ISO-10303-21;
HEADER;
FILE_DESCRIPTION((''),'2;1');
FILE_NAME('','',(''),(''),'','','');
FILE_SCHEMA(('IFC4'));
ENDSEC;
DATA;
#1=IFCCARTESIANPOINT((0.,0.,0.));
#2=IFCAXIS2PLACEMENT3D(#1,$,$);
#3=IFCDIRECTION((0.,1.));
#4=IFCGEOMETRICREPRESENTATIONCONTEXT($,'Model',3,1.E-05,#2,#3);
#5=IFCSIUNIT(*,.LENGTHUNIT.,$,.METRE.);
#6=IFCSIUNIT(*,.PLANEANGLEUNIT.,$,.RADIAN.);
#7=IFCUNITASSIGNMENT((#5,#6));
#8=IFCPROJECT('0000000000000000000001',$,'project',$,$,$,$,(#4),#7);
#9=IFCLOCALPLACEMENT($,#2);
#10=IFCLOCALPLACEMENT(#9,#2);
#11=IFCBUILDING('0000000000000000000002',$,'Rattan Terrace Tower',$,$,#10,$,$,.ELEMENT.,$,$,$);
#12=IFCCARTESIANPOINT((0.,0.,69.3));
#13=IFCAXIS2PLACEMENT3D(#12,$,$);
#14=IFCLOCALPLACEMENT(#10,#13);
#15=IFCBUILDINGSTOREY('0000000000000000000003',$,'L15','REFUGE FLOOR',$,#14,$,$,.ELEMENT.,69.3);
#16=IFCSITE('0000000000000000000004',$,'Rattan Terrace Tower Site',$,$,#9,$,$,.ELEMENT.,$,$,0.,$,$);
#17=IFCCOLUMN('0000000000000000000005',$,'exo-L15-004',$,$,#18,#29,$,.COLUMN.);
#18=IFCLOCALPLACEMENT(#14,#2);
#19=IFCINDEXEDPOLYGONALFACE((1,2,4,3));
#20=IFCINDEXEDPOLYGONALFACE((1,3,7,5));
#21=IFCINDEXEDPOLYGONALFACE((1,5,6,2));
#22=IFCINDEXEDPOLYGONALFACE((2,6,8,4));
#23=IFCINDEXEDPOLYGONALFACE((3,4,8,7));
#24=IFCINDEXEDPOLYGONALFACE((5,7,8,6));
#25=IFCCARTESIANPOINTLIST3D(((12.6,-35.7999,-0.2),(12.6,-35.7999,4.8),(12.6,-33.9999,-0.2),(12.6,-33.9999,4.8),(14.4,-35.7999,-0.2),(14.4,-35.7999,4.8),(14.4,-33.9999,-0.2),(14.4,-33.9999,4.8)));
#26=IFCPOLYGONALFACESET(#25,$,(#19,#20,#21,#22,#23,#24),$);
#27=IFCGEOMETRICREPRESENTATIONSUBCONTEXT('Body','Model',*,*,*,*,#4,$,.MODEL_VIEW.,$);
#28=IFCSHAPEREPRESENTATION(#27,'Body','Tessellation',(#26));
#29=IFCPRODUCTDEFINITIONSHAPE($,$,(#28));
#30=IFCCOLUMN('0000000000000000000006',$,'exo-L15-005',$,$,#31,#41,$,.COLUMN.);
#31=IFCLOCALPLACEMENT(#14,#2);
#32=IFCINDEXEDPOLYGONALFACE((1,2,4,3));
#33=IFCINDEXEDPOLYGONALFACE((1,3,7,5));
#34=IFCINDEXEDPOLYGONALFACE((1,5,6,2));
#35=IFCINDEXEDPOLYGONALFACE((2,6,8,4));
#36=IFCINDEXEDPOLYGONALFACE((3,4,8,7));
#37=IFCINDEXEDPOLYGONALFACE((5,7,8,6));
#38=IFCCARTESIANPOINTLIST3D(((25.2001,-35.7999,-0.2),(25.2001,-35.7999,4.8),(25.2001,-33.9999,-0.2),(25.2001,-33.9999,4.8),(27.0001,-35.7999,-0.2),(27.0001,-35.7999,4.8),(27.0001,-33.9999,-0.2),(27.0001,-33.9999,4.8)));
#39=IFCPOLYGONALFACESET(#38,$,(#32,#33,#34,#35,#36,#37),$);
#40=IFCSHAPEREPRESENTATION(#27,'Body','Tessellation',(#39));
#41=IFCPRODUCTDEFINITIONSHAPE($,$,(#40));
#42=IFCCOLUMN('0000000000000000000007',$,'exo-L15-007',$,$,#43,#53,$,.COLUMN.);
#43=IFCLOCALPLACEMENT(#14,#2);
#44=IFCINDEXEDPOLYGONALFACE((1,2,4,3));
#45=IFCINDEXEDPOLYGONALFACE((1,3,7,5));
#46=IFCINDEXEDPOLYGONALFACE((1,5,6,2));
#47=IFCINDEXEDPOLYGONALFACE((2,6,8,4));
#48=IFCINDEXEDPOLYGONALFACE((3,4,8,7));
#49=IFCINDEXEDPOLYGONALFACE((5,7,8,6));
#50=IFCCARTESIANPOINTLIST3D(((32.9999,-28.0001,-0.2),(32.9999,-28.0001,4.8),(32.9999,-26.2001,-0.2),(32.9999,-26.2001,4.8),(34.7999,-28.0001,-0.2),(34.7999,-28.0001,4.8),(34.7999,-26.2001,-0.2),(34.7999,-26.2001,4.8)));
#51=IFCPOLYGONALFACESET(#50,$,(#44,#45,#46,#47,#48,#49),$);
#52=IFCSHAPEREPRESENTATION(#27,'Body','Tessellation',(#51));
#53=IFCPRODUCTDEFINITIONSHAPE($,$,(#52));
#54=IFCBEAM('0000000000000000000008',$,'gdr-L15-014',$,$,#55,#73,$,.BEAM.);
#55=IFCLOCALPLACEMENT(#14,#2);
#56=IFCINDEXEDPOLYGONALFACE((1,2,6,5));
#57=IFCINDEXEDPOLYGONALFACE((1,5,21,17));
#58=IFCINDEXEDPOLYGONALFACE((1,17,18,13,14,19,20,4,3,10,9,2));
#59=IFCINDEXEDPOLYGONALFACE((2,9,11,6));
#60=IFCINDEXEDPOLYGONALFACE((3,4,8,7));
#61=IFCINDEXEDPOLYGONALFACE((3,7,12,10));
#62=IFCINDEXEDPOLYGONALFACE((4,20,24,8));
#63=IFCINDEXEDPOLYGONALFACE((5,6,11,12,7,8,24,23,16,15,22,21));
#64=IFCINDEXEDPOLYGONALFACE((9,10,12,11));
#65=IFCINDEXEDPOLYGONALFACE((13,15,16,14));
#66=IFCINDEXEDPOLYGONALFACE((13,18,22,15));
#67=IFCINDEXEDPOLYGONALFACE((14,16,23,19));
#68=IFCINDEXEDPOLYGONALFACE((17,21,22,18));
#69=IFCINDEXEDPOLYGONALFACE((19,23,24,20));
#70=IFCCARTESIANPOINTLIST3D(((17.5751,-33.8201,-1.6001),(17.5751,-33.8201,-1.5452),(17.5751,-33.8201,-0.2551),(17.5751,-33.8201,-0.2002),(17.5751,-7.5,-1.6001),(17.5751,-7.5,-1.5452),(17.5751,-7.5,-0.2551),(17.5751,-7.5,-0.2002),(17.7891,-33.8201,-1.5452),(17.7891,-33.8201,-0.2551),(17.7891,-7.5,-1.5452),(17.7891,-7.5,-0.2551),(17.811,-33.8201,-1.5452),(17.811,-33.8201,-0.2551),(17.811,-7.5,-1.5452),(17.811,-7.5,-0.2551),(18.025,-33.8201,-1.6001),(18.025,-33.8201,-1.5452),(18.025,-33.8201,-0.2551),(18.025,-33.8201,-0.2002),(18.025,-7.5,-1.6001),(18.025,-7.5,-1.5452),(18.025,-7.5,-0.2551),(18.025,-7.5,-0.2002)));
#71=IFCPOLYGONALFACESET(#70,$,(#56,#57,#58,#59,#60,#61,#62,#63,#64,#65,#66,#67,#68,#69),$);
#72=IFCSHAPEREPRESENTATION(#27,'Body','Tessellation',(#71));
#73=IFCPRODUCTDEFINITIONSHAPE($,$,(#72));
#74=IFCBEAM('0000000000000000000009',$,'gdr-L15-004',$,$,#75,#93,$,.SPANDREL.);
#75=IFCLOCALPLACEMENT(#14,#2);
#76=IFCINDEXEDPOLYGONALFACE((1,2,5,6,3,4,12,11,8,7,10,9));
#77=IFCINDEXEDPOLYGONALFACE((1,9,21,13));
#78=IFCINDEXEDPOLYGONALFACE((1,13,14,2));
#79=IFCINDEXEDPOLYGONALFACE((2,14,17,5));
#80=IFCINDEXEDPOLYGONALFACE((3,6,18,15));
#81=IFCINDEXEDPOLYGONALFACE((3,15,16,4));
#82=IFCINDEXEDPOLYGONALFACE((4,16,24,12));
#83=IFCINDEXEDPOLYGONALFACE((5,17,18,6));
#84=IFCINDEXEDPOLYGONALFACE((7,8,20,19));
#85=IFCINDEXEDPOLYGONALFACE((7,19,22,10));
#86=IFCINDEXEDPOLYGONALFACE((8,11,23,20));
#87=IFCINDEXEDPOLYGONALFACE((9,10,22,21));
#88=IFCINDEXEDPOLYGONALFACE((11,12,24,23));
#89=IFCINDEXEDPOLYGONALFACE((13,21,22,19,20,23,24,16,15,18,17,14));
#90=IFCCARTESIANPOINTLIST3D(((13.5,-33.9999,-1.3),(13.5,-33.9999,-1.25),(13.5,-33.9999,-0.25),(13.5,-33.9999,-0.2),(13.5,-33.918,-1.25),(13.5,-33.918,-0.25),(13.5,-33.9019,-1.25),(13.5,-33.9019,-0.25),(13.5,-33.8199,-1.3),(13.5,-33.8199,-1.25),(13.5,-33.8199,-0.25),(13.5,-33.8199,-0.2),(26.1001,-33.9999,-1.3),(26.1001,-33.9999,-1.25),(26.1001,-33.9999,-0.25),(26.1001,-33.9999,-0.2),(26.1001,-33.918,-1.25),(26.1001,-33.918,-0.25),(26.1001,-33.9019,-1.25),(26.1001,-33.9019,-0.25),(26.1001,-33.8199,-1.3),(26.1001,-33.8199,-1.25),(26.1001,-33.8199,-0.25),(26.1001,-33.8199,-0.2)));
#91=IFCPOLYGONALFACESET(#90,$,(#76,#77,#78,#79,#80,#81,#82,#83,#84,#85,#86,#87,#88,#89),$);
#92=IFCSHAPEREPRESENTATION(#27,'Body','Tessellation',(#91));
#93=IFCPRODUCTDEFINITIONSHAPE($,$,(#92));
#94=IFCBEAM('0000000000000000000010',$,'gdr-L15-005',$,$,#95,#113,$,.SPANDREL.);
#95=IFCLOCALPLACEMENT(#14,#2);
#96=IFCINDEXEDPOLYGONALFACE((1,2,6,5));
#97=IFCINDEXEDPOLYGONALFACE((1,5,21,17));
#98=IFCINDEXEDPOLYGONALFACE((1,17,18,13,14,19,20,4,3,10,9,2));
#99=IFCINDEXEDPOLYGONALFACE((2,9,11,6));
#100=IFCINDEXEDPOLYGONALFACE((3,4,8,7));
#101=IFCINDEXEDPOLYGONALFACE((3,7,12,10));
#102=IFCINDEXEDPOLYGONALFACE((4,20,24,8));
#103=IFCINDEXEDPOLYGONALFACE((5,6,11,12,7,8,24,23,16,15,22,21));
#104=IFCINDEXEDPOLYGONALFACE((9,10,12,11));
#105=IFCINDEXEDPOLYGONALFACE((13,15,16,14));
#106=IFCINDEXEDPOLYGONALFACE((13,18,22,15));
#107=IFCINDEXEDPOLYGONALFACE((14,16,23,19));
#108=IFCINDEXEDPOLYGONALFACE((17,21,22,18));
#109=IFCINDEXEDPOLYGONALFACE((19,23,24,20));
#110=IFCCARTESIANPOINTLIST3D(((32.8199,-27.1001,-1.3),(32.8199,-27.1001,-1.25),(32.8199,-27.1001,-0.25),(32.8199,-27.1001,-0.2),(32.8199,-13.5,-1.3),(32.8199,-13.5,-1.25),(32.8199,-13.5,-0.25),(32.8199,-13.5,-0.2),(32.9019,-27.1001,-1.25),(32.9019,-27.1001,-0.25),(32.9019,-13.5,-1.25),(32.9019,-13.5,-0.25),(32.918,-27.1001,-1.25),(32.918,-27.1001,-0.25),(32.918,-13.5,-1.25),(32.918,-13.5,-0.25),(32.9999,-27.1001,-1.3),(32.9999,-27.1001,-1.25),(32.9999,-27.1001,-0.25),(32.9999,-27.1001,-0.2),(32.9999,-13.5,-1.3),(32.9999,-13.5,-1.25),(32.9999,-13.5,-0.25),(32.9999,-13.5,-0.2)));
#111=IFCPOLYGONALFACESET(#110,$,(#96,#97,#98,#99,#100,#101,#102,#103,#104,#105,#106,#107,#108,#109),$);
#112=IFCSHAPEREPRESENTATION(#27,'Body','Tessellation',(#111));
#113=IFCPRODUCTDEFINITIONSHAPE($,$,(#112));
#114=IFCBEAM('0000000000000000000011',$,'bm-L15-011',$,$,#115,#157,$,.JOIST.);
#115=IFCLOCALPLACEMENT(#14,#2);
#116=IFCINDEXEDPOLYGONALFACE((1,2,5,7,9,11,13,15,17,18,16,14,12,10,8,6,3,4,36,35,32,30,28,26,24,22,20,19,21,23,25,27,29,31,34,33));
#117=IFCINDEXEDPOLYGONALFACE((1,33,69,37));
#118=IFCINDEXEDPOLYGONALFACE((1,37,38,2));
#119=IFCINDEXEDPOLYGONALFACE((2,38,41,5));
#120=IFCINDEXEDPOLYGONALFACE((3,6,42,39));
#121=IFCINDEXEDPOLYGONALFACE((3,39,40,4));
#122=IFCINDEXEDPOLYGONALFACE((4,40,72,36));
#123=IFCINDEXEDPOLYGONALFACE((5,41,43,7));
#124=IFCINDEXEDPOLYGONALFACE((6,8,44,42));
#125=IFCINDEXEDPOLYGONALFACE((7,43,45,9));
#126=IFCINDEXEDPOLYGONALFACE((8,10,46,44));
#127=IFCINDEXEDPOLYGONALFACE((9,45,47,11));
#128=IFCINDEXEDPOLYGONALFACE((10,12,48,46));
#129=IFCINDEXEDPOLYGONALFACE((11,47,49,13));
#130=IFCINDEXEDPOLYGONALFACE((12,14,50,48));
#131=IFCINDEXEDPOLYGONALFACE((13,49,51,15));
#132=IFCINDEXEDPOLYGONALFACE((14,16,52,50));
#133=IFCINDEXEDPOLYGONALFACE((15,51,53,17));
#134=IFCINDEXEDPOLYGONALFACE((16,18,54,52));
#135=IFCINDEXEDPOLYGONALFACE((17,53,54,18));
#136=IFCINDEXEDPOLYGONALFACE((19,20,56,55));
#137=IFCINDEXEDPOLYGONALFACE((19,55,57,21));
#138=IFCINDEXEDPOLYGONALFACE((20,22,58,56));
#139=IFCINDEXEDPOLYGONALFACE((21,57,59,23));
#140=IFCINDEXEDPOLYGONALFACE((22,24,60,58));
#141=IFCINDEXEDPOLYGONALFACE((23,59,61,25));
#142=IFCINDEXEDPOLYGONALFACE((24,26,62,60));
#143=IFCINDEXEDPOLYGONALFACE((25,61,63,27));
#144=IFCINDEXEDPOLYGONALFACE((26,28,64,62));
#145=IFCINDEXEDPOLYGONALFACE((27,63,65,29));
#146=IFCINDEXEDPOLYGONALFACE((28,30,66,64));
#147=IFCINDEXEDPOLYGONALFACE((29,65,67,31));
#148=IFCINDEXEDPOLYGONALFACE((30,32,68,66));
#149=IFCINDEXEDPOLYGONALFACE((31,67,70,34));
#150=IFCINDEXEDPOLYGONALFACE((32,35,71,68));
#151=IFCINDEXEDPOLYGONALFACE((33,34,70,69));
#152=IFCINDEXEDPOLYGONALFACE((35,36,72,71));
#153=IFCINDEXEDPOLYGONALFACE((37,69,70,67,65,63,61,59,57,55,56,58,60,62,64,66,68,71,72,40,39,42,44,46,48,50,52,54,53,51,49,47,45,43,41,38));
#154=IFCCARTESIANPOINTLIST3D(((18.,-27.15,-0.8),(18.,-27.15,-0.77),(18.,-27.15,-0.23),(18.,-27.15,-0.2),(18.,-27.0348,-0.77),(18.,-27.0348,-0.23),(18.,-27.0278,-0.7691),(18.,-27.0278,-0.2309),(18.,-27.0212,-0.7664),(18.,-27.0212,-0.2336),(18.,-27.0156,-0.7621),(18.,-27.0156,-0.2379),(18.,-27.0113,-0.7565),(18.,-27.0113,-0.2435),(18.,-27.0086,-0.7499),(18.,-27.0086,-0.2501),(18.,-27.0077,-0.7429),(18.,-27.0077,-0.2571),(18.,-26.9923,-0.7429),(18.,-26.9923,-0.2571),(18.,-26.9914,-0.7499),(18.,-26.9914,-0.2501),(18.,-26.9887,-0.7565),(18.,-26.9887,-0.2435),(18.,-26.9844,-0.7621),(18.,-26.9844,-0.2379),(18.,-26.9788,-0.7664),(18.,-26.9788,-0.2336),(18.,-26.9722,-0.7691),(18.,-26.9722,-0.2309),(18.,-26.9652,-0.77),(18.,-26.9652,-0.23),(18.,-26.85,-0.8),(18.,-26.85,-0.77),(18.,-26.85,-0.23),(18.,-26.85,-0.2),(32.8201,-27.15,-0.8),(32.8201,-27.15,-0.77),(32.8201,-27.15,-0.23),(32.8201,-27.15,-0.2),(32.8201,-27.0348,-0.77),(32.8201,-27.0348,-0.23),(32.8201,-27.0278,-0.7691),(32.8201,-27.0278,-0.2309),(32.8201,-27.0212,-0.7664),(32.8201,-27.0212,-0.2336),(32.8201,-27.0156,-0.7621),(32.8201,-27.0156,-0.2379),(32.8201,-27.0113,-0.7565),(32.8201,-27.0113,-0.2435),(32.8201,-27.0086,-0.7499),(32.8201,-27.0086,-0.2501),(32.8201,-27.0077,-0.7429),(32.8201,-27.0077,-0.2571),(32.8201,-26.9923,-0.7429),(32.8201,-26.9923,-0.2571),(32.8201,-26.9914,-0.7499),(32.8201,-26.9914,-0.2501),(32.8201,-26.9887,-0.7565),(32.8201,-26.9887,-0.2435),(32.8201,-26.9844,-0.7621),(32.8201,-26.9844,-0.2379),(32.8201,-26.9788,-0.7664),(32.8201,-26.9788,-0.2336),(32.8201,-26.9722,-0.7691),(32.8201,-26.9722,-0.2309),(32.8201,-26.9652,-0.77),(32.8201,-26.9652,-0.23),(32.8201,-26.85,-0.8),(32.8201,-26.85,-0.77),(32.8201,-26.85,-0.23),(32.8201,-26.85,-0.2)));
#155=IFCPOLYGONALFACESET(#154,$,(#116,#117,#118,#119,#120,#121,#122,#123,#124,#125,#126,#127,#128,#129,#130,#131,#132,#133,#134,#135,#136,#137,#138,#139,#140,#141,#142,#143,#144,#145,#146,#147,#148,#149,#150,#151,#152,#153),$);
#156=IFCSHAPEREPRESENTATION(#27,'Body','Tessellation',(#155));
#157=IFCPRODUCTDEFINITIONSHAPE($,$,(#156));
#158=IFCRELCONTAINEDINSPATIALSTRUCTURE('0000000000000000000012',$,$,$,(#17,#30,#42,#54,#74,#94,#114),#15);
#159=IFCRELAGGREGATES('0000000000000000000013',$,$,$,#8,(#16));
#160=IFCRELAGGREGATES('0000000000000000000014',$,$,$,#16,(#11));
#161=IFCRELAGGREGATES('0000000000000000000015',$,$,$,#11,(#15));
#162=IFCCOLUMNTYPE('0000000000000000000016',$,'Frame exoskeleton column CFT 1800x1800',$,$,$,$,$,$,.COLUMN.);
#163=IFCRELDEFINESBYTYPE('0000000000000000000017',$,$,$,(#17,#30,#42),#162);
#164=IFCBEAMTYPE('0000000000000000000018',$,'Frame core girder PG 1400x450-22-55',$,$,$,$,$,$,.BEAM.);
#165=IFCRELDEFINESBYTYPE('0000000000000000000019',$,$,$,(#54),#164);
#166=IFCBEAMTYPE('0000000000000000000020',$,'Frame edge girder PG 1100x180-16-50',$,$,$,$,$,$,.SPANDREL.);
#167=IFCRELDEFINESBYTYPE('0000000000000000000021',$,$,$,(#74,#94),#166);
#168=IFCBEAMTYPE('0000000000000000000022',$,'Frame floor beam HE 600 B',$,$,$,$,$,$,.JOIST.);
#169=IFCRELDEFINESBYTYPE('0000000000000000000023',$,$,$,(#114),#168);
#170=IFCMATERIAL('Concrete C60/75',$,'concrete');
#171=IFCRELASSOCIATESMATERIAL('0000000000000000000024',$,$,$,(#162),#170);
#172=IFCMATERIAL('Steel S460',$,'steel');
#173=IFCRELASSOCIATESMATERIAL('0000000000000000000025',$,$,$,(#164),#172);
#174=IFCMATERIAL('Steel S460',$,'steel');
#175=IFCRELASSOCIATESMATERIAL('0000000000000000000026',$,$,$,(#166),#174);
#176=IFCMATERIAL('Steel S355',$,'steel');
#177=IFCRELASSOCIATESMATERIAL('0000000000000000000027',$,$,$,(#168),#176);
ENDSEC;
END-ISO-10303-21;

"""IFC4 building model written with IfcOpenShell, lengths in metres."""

from ifc_helpers import new_model, si_unit, direction, frame, origin, origin_2d, place, context, subcontext, project, spatial, rectangle, i_section, extrude, material, material_profile, profile_set, type_object, element, save


model = new_model("IFC4")

# Units and contexts
model_context = context("Model", 3, precision=1e-05, world=origin(), true_north=direction((0.0, 1.0)))
body_context = subcontext(model_context, "Body", "Model", "MODEL_VIEW")
ifc_project = project(units=[si_unit("LENGTHUNIT", "METRE"), si_unit("PLANEANGLEUNIT", "RADIAN")], contexts=[model_context])

# Site, building, storey
site_placement = place(None, origin())
site = spatial("IfcSite", under=ifc_project, at=site_placement, Name="Rattan Terrace Tower Site", CompositionType="ELEMENT", RefElevation=0.0)
building_placement = place(site_placement, origin())
building = spatial("IfcBuilding", under=site, at=building_placement, Name="Rattan Terrace Tower", CompositionType="ELEMENT")
storey_placement = place(building_placement, frame((0.0, 0.0, 69.3)))
storey = spatial("IfcBuildingStorey", under=building, at=storey_placement, Name="L15", Description="REFUGE FLOOR", CompositionType="ELEMENT", Elevation=69.3)

# Columns
ifc_material_1 = material(Name="Concrete C60/75", Category="concrete")
ifc_material_profile_1 = material_profile(ifc_material_1, rectangle(XDim=1.8, YDim=1.8, at=origin_2d()), Name="CFT 1800x1800")
ifc_profile_set_1 = profile_set([ifc_material_profile_1], Name="Concrete C60/75")
column_type = type_object("IfcColumnType", Name="Frame exoskeleton column CFT 1800x1800", PredefinedType="COLUMN", material=ifc_profile_set_1)
for number, where, z_axis, x_axis, name in (
    (1, (13.5, -34.8999, -0.2), (0.0, 0.0, 1.0), (1.0, 0.0, 0.0), "exo-L15-004"),
    (2, (26.1001, -34.8999, -0.2), (0.0, 0.0, 1.0), (1.0, 0.0, 0.0), "exo-L15-005"),
    (3, (33.8999, -27.1001, -0.2), (0.0, 0.0, 1.0), (0.0, 1.0, 0.0), "exo-L15-007"),
):
    element("IfcColumn", number, at=place(storey_placement, frame(where, z_axis=z_axis, x_axis=x_axis)), inside=storey, type_object=column_type, Name=name, PredefinedType="COLUMN", context=body_context, shape_type="SweptSolid", body=[
        extrude(rectangle(XDim=1.8, YDim=1.8, at=origin_2d()), origin(), (0.0, 0.0, 1.0), 5.0),
    ])

# Beams
ifc_material_2 = material(Name="Steel S460", Category="steel")
ifc_material_profile_2 = material_profile(ifc_material_2, i_section(OverallWidth=0.45, OverallDepth=1.3999, WebThickness=0.022, FlangeThickness=0.0549, at=origin_2d()), Name="PG 1400x450-22-55")
ifc_profile_set_2 = profile_set([ifc_material_profile_2], Name="Steel S460")
beam_type_1 = type_object("IfcBeamType", Name="Frame core girder PG 1400x450-22-55", PredefinedType="BEAM", material=ifc_profile_set_2)
beam_1_placement = place(storey_placement, frame((17.8, -33.8201, -0.9001), z_axis=(0.0, 1.0, 0.0), x_axis=(-1.0, 0.0, 0.0)))
element("IfcBeam", 4, at=beam_1_placement, inside=storey, type_object=beam_type_1, Name="gdr-L15-014", PredefinedType="BEAM", context=body_context, shape_type="SweptSolid", body=[
    extrude(i_section(OverallWidth=0.45, OverallDepth=1.3999, WebThickness=0.022, FlangeThickness=0.0549, at=origin_2d()), origin(), (0.0, 0.0, 1.0), 26.3201),
])
ifc_material_3 = material(Name="Steel S460", Category="steel")
ifc_material_profile_3 = material_profile(ifc_material_3, i_section(OverallWidth=0.1799, OverallDepth=1.1001, WebThickness=0.0161, FlangeThickness=0.05, at=origin_2d()), Name="PG 1100x180-16-50")
ifc_profile_set_3 = profile_set([ifc_material_profile_3], Name="Steel S460")
beam_type_2 = type_object("IfcBeamType", Name="Frame edge girder PG 1100x180-16-50", PredefinedType="SPANDREL", material=ifc_profile_set_3)
beam_2_placement = place(storey_placement, frame((13.5, -33.9099, -0.75), z_axis=(1.0, 0.0, 0.0), x_axis=(0.0, 1.0, 0.0)))
element("IfcBeam", 5, at=beam_2_placement, inside=storey, type_object=beam_type_2, Name="gdr-L15-004", PredefinedType="SPANDREL", context=body_context, shape_type="SweptSolid", body=[
    extrude(i_section(OverallWidth=0.1799, OverallDepth=1.1001, WebThickness=0.0161, FlangeThickness=0.05, at=origin_2d()), origin(), (0.0, 0.0, 1.0), 12.6001),
])
beam_3_placement = place(storey_placement, frame((32.9099, -27.1001, -0.75), z_axis=(0.0, 1.0, 0.0), x_axis=(-1.0, 0.0, 0.0)))
element("IfcBeam", 6, at=beam_3_placement, inside=storey, type_object=beam_type_2, Name="gdr-L15-005", PredefinedType="SPANDREL", context=body_context, shape_type="SweptSolid", body=[
    extrude(i_section(OverallWidth=0.1799, OverallDepth=1.1001, WebThickness=0.0161, FlangeThickness=0.05, at=origin_2d()), origin(), (0.0, 0.0, 1.0), 13.6001),
])
ifc_material_4 = material(Name="Steel S355", Category="steel")
ifc_material_profile_4 = material_profile(ifc_material_4, i_section(OverallWidth=0.3, OverallDepth=0.6001, WebThickness=0.0154, FlangeThickness=0.03, FilletRadius=0.0271, at=origin_2d()), Name="HE 600 B")
ifc_profile_set_4 = profile_set([ifc_material_profile_4], Name="Steel S355")
beam_type_3 = type_object("IfcBeamType", Name="Frame floor beam HE 600 B", PredefinedType="JOIST", material=ifc_profile_set_4)
for number, where, z_axis, x_axis, name in (
    (7, (18.0, -27.0, -0.5), (1.0, 0.0, 0.0), (0.0, 1.0, 0.0), "bm-L15-011"),
):
    element("IfcBeam", number, at=place(storey_placement, frame(where, z_axis=z_axis, x_axis=x_axis)), inside=storey, type_object=beam_type_3, Name=name, PredefinedType="JOIST", context=body_context, shape_type="SweptSolid", body=[
        extrude(i_section(OverallWidth=0.3, OverallDepth=0.6001, WebThickness=0.0154, FlangeThickness=0.03, FilletRadius=0.0271, at=origin_2d()), origin(), (0.0, 0.0, 1.0), 14.8201),
    ])

save(model, "model.ifc")
